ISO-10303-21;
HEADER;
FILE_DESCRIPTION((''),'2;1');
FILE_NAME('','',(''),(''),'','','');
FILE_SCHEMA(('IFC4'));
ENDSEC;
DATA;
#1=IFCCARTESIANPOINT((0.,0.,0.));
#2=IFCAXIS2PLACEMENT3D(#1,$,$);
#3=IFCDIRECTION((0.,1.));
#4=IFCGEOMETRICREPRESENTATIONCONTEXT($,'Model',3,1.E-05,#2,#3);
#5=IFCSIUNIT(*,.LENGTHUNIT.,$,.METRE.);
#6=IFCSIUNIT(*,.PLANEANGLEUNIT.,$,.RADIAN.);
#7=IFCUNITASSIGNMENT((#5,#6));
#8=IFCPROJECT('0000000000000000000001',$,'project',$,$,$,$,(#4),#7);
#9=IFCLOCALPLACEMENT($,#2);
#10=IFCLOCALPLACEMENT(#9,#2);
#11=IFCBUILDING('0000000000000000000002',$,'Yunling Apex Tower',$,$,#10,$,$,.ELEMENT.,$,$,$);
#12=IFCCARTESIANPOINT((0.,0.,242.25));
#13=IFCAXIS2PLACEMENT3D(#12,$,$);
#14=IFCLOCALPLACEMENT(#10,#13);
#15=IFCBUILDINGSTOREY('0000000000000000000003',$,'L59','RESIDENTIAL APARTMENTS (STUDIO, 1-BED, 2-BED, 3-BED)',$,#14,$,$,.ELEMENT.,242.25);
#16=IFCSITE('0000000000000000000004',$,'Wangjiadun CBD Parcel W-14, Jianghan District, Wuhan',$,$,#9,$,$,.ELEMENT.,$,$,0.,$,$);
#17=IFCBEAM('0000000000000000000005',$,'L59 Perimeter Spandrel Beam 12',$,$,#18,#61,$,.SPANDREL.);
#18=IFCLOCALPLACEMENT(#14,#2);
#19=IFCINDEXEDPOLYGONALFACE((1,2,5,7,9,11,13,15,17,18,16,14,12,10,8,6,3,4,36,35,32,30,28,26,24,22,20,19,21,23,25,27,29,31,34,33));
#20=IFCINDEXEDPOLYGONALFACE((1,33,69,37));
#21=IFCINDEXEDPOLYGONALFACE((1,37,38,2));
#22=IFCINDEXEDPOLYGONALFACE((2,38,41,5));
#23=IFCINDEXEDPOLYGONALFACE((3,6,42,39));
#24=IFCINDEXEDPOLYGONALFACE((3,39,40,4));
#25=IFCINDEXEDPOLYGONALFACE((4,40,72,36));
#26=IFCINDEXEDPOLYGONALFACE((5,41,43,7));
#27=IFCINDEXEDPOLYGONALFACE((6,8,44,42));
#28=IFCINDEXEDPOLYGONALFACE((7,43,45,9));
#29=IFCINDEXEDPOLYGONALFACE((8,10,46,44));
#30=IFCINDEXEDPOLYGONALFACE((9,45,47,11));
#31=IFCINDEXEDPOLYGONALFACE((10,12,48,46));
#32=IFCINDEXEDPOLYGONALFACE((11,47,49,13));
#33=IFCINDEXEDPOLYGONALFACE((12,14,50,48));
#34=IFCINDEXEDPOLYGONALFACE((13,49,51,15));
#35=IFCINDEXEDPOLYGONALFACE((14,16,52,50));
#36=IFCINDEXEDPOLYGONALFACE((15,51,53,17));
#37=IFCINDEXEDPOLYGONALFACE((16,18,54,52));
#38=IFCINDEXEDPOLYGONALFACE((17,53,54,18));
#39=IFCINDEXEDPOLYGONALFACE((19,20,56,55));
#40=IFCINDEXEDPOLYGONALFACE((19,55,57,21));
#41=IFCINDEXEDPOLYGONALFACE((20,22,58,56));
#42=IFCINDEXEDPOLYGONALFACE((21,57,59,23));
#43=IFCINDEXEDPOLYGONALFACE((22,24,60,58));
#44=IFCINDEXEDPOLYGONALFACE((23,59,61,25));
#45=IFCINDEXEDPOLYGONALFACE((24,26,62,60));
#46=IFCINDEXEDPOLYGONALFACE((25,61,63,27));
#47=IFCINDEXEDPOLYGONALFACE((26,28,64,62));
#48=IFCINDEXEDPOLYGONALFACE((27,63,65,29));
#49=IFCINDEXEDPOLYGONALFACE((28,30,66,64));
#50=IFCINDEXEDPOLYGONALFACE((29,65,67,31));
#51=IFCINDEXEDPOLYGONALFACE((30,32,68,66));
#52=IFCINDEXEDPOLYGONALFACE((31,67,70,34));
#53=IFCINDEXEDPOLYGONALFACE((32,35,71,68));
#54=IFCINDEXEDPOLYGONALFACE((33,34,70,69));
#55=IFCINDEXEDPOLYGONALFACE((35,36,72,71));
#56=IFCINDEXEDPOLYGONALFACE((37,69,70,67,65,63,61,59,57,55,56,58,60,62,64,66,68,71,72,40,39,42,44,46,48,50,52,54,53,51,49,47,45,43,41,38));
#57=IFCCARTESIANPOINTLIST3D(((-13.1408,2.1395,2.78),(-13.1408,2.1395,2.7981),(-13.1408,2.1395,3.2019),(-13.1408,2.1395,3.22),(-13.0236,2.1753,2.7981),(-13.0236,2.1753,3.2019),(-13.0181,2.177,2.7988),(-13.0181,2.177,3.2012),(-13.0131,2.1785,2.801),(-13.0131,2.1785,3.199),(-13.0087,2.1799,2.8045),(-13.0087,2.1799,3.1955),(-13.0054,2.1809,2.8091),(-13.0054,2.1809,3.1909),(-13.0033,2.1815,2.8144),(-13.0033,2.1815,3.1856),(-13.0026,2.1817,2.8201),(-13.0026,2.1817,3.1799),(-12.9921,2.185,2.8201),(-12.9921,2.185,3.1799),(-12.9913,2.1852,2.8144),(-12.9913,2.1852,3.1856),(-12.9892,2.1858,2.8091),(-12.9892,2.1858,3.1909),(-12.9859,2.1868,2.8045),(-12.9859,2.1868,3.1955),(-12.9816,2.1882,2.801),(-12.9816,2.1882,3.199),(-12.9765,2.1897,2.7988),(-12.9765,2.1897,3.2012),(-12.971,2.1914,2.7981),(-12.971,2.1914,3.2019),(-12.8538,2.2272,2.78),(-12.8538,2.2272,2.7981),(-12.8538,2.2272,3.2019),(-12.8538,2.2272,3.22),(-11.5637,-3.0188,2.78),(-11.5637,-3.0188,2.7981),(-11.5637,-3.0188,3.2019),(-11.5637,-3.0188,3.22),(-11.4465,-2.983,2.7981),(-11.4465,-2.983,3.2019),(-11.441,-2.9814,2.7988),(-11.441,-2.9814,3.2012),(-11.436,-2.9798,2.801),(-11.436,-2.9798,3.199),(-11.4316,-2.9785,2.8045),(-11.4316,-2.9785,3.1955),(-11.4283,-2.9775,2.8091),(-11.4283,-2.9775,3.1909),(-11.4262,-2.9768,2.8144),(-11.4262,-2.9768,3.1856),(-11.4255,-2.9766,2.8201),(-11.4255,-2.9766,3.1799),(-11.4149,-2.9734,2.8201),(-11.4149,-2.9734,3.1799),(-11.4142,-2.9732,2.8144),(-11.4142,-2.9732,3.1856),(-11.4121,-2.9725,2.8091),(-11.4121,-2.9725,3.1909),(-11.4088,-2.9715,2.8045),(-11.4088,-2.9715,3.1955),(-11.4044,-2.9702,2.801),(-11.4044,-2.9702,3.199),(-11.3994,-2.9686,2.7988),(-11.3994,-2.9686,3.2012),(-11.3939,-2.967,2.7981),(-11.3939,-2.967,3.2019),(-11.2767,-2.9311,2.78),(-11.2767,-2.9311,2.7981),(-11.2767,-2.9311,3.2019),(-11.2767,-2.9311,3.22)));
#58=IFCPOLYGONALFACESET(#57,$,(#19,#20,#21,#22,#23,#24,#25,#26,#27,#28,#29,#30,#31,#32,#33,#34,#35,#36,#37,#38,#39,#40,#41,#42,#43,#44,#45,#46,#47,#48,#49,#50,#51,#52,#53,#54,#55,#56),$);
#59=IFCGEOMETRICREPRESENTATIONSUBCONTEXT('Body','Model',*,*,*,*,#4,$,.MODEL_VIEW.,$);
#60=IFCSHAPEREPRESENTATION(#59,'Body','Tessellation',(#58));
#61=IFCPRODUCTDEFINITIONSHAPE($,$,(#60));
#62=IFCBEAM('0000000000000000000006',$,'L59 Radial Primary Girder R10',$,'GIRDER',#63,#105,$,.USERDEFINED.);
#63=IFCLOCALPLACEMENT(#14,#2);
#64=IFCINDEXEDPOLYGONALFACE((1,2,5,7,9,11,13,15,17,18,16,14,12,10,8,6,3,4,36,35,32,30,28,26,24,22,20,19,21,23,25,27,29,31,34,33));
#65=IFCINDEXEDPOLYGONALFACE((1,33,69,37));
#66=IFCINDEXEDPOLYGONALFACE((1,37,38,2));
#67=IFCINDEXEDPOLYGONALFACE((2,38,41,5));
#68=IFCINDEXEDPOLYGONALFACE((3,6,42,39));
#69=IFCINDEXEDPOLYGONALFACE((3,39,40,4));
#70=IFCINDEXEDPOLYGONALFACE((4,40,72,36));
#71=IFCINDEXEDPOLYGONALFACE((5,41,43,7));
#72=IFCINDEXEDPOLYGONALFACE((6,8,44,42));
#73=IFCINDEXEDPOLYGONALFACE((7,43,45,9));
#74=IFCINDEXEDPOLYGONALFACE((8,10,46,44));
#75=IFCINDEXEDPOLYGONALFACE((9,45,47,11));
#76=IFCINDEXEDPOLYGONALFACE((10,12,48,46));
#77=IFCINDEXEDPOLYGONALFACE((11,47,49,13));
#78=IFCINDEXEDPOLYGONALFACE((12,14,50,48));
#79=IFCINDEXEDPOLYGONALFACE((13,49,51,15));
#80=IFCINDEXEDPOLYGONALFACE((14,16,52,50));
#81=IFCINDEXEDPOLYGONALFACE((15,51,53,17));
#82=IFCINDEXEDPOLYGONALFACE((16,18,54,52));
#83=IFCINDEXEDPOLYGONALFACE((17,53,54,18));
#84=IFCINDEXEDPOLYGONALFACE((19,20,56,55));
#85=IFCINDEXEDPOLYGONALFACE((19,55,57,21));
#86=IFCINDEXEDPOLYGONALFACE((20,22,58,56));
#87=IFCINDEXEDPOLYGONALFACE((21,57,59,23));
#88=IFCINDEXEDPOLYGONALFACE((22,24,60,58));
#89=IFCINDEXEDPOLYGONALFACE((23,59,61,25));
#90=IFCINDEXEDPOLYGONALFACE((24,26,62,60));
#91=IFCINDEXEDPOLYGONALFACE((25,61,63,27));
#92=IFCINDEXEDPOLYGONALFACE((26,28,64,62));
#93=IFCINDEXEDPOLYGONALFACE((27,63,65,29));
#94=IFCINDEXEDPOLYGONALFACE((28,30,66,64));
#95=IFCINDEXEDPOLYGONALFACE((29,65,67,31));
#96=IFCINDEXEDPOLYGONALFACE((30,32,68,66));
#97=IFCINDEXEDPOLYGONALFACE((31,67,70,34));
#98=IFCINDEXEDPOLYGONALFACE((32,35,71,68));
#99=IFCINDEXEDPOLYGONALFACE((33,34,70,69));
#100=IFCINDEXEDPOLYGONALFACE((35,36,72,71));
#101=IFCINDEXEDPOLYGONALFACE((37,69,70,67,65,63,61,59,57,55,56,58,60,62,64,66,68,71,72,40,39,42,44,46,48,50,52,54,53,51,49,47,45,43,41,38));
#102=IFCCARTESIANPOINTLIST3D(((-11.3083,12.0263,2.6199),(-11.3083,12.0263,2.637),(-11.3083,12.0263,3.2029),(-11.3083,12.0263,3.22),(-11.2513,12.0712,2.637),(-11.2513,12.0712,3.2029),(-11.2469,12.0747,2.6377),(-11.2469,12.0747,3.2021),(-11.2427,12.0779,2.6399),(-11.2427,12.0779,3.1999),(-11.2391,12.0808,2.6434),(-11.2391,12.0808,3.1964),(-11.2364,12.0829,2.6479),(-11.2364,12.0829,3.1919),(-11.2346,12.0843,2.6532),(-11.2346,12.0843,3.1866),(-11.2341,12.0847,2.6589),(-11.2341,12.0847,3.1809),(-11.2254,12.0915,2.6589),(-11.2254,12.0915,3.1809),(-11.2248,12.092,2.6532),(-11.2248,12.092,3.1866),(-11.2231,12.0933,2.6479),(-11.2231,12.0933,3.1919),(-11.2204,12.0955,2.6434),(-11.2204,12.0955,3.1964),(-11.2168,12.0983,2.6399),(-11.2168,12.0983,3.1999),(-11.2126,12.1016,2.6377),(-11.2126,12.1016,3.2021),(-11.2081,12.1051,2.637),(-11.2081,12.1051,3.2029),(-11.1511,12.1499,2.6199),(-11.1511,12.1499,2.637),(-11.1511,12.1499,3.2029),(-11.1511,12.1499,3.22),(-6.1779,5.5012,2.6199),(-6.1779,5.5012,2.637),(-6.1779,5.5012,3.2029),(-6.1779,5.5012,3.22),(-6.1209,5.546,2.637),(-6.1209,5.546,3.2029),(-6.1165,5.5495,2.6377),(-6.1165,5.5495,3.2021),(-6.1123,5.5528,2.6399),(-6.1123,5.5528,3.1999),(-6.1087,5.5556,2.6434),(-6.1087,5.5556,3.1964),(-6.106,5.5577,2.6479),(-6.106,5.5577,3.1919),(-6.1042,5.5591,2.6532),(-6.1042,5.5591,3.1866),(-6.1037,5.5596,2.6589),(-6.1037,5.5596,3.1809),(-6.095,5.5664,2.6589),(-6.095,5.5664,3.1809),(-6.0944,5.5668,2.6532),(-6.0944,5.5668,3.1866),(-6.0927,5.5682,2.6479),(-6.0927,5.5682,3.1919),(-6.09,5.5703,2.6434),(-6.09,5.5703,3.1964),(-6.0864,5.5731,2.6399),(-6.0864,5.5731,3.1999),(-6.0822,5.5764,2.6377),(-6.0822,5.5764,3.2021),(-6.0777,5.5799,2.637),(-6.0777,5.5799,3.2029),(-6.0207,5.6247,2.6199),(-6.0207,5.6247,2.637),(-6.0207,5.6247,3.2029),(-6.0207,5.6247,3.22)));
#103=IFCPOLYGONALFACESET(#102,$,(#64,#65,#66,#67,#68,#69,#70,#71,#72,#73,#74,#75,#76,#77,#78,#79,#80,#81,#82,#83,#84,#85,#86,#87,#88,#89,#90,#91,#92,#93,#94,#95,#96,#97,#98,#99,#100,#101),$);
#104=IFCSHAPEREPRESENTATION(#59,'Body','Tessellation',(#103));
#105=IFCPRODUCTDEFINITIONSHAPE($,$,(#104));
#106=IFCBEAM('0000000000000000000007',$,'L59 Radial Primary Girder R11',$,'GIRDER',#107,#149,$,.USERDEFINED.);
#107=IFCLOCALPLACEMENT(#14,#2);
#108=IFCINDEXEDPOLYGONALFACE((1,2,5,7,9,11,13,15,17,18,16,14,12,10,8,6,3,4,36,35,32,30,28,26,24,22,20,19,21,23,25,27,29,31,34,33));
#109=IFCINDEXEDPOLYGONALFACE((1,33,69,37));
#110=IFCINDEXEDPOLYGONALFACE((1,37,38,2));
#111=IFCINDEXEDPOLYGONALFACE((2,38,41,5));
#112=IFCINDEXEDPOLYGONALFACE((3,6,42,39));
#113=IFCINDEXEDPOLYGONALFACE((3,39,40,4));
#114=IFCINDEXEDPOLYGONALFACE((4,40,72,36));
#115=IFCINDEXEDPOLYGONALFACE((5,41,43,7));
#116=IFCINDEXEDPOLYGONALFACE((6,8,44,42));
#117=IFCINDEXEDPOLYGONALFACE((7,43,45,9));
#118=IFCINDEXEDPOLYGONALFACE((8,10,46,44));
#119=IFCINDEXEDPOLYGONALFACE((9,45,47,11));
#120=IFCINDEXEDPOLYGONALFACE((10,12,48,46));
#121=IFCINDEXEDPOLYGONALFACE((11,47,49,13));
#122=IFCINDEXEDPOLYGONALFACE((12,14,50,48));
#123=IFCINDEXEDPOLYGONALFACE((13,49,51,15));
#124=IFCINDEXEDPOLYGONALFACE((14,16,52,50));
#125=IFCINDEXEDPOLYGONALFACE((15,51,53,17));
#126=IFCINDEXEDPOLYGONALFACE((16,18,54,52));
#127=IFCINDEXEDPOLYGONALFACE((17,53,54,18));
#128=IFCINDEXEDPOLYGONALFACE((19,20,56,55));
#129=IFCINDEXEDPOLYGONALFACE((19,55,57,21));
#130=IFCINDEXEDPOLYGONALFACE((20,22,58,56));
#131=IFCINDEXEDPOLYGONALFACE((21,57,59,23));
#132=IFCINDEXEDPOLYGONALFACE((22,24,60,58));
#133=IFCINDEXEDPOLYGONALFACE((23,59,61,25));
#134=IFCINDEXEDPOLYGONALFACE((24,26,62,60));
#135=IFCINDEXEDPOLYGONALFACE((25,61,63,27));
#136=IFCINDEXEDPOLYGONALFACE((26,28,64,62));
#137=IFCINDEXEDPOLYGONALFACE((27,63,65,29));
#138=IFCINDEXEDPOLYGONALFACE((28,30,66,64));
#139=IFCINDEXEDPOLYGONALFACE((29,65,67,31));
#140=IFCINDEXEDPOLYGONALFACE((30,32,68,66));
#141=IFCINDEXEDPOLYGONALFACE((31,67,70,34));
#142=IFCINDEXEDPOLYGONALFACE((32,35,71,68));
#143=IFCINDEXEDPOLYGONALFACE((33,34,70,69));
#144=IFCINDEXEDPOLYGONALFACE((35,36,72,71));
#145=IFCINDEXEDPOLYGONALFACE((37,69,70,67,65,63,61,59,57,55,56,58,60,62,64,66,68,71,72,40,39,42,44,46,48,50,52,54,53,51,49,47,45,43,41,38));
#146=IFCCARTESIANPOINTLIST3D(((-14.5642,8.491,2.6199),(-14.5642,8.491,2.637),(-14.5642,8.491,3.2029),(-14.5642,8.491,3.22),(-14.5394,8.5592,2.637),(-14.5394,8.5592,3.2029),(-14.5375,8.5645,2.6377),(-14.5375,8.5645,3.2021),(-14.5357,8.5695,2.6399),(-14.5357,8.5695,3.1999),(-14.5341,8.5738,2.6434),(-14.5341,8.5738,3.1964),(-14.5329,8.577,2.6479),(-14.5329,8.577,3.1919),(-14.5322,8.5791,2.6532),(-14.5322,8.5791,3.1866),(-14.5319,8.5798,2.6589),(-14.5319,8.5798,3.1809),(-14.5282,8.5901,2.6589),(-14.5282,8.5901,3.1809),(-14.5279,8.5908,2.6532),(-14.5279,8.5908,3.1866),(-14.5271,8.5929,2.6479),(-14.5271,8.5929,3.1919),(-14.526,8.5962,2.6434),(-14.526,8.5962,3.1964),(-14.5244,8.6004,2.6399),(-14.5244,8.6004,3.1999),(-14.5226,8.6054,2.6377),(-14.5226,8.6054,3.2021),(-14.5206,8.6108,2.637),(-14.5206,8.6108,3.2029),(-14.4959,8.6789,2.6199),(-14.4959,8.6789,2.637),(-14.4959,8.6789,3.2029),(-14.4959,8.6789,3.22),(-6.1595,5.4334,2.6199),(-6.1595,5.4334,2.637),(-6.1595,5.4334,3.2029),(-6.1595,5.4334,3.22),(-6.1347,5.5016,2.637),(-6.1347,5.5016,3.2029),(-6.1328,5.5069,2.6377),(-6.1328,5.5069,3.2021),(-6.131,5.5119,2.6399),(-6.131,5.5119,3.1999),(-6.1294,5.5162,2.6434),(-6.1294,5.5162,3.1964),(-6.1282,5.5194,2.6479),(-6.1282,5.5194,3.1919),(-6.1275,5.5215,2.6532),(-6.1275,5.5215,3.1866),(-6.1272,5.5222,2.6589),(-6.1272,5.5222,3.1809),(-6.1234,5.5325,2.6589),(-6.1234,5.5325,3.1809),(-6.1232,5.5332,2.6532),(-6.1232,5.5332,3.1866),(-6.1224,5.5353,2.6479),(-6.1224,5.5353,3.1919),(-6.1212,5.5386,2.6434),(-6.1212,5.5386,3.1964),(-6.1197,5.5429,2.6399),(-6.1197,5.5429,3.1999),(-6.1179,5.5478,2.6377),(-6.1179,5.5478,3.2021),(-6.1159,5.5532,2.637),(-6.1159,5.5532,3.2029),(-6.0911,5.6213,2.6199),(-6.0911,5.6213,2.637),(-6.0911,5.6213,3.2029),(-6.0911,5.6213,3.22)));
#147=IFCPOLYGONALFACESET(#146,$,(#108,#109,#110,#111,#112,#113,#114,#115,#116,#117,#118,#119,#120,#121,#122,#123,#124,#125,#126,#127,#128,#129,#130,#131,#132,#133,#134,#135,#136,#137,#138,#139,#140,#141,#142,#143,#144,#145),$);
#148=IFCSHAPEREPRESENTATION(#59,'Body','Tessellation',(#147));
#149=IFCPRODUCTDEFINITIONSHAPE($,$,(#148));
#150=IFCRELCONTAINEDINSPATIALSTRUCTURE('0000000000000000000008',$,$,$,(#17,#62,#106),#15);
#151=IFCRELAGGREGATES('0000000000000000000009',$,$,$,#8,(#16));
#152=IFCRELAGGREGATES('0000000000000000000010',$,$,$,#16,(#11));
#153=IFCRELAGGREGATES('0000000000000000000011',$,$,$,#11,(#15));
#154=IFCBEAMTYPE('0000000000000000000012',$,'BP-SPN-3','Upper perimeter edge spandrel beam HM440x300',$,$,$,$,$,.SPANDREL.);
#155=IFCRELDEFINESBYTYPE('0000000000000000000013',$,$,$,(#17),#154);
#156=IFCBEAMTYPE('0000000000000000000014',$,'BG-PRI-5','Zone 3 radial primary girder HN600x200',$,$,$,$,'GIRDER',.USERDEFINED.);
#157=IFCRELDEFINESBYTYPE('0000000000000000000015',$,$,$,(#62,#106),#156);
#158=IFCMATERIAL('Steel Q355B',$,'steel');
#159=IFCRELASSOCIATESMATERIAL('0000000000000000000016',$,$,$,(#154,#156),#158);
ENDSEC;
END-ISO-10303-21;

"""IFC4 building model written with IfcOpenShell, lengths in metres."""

from ifc_helpers import new_model, si_unit, direction, frame, origin, origin_2d, place, context, subcontext, project, spatial, i_section, extrude, source, transform, mapped, material, material_profile, profile_set, type_object, element, save


model = new_model("IFC4")

# Units and contexts
model_context = context("Model", 3, precision=1e-05, world=origin(), true_north=direction((0.0, 1.0)))
body_context = subcontext(model_context, "Body", "Model", "MODEL_VIEW")
ifc_project = project(units=[si_unit("LENGTHUNIT", "METRE"), si_unit("PLANEANGLEUNIT", "RADIAN")], contexts=[model_context])

# Site, building, storey
site_placement = place(None, origin())
site = spatial("IfcSite", under=ifc_project, at=site_placement, Name="Wangjiadun CBD Parcel W-14, Jianghan District, Wuhan", CompositionType="ELEMENT", RefElevation=0.0)
building_placement = place(site_placement, origin())
building = spatial("IfcBuilding", under=site, at=building_placement, Name="Yunling Apex Tower", CompositionType="ELEMENT")
storey_placement = place(building_placement, frame((0.0, 0.0, 242.25)))
storey = spatial("IfcBuildingStorey", under=building, at=storey_placement, Name="L59", Description="RESIDENTIAL APARTMENTS (STUDIO, 1-BED, 2-BED, 3-BED)", CompositionType="ELEMENT", Elevation=242.25)

# Beams
ifc_material_1 = material(Name="Steel Q355B", Category="steel")
ifc_material_profile_1 = material_profile(ifc_material_1, i_section(OverallWidth=0.3, OverallDepth=0.4399, WebThickness=0.011, FlangeThickness=0.0181, FilletRadius=0.022, at=origin_2d()))
ifc_profile_set_1 = profile_set([ifc_material_profile_1], Name="Steel Q355B")
beam_type_1 = type_object("IfcBeamType", Name="BP-SPN-3", Description="Upper perimeter edge spandrel beam HM440x300", PredefinedType="SPANDREL", material=ifc_profile_set_1)
shared_shape_1 = source(origin(), body_context, "Body", "SweptSolid", [
    extrude(i_section(OverallWidth=0.3, OverallDepth=0.4399, WebThickness=0.011, FlangeThickness=0.0181, FilletRadius=0.022, at=origin_2d()), origin(), (0.0, 0.0, 1.0), 5.394),
])
for number, where, z_axis, x_axis, name in (
    (1, (-12.9973, 2.1833, 3.0), (0.292381, -0.956302, 0.0), (0.956302, 0.292381, 0.0), "L59 Perimeter Spandrel Beam 12"),
):
    element("IfcBeam", number, at=place(storey_placement, frame(where, z_axis=z_axis, x_axis=x_axis)), inside=storey, type_object=beam_type_1, Name=name, PredefinedType="SPANDREL", context=body_context, shape_type="MappedRepresentation", body=[
        mapped(shared_shape_1, transform((0.0, 0.0, 0.0), scale=1.0)),
    ])
ifc_material_profile_2 = material_profile(ifc_material_1, i_section(OverallWidth=0.2, OverallDepth=0.6001, WebThickness=0.011, FlangeThickness=0.0171, FilletRadius=0.022, at=origin_2d()))
ifc_profile_set_2 = profile_set([ifc_material_profile_2], Name="Steel Q355B")
beam_type_2 = type_object("IfcBeamType", Name="BG-PRI-5", Description="Zone 3 radial primary girder HN600x200", ElementType="GIRDER", PredefinedType="USERDEFINED", material=ifc_profile_set_2)
shared_shape_2 = source(origin(), body_context, "Body", "SweptSolid", [
    extrude(i_section(OverallWidth=0.2, OverallDepth=0.6001, WebThickness=0.011, FlangeThickness=0.0171, FilletRadius=0.022, at=origin_2d()), origin(), (0.0, 0.0, 1.0), 8.3005),
])
beam_1_placement = place(storey_placement, frame((-11.2297, 12.0881, 2.9199), z_axis=(0.61808, -0.786115, 0.0), x_axis=(0.786115, 0.61808, 0.0)))
element("IfcBeam", 2, at=beam_1_placement, inside=storey, type_object=beam_type_2, Name="L59 Radial Primary Girder R10", ObjectType="GIRDER", PredefinedType="USERDEFINED", context=body_context, shape_type="MappedRepresentation", body=[
    mapped(shared_shape_2, transform((0.0, 0.0, 0.0), scale=1.0)),
])
shared_shape_3 = source(origin(), body_context, "Body", "SweptSolid", [
    extrude(i_section(OverallWidth=0.2, OverallDepth=0.6001, WebThickness=0.011, FlangeThickness=0.0171, FilletRadius=0.022, at=origin_2d()), origin(), (0.0, 0.0, 1.0), 8.9436),
])
beam_2_placement = place(storey_placement, frame((-14.53, 8.585, 2.9199), z_axis=(0.939746, -0.341875, 0.0), x_axis=(0.341875, 0.939746, 0.0)))
element("IfcBeam", 3, at=beam_2_placement, inside=storey, type_object=beam_type_2, Name="L59 Radial Primary Girder R11", ObjectType="GIRDER", PredefinedType="USERDEFINED", context=body_context, shape_type="MappedRepresentation", body=[
    mapped(shared_shape_3, transform((0.0, 0.0, 0.0), scale=1.0)),
])

save(model, "model.ifc")
